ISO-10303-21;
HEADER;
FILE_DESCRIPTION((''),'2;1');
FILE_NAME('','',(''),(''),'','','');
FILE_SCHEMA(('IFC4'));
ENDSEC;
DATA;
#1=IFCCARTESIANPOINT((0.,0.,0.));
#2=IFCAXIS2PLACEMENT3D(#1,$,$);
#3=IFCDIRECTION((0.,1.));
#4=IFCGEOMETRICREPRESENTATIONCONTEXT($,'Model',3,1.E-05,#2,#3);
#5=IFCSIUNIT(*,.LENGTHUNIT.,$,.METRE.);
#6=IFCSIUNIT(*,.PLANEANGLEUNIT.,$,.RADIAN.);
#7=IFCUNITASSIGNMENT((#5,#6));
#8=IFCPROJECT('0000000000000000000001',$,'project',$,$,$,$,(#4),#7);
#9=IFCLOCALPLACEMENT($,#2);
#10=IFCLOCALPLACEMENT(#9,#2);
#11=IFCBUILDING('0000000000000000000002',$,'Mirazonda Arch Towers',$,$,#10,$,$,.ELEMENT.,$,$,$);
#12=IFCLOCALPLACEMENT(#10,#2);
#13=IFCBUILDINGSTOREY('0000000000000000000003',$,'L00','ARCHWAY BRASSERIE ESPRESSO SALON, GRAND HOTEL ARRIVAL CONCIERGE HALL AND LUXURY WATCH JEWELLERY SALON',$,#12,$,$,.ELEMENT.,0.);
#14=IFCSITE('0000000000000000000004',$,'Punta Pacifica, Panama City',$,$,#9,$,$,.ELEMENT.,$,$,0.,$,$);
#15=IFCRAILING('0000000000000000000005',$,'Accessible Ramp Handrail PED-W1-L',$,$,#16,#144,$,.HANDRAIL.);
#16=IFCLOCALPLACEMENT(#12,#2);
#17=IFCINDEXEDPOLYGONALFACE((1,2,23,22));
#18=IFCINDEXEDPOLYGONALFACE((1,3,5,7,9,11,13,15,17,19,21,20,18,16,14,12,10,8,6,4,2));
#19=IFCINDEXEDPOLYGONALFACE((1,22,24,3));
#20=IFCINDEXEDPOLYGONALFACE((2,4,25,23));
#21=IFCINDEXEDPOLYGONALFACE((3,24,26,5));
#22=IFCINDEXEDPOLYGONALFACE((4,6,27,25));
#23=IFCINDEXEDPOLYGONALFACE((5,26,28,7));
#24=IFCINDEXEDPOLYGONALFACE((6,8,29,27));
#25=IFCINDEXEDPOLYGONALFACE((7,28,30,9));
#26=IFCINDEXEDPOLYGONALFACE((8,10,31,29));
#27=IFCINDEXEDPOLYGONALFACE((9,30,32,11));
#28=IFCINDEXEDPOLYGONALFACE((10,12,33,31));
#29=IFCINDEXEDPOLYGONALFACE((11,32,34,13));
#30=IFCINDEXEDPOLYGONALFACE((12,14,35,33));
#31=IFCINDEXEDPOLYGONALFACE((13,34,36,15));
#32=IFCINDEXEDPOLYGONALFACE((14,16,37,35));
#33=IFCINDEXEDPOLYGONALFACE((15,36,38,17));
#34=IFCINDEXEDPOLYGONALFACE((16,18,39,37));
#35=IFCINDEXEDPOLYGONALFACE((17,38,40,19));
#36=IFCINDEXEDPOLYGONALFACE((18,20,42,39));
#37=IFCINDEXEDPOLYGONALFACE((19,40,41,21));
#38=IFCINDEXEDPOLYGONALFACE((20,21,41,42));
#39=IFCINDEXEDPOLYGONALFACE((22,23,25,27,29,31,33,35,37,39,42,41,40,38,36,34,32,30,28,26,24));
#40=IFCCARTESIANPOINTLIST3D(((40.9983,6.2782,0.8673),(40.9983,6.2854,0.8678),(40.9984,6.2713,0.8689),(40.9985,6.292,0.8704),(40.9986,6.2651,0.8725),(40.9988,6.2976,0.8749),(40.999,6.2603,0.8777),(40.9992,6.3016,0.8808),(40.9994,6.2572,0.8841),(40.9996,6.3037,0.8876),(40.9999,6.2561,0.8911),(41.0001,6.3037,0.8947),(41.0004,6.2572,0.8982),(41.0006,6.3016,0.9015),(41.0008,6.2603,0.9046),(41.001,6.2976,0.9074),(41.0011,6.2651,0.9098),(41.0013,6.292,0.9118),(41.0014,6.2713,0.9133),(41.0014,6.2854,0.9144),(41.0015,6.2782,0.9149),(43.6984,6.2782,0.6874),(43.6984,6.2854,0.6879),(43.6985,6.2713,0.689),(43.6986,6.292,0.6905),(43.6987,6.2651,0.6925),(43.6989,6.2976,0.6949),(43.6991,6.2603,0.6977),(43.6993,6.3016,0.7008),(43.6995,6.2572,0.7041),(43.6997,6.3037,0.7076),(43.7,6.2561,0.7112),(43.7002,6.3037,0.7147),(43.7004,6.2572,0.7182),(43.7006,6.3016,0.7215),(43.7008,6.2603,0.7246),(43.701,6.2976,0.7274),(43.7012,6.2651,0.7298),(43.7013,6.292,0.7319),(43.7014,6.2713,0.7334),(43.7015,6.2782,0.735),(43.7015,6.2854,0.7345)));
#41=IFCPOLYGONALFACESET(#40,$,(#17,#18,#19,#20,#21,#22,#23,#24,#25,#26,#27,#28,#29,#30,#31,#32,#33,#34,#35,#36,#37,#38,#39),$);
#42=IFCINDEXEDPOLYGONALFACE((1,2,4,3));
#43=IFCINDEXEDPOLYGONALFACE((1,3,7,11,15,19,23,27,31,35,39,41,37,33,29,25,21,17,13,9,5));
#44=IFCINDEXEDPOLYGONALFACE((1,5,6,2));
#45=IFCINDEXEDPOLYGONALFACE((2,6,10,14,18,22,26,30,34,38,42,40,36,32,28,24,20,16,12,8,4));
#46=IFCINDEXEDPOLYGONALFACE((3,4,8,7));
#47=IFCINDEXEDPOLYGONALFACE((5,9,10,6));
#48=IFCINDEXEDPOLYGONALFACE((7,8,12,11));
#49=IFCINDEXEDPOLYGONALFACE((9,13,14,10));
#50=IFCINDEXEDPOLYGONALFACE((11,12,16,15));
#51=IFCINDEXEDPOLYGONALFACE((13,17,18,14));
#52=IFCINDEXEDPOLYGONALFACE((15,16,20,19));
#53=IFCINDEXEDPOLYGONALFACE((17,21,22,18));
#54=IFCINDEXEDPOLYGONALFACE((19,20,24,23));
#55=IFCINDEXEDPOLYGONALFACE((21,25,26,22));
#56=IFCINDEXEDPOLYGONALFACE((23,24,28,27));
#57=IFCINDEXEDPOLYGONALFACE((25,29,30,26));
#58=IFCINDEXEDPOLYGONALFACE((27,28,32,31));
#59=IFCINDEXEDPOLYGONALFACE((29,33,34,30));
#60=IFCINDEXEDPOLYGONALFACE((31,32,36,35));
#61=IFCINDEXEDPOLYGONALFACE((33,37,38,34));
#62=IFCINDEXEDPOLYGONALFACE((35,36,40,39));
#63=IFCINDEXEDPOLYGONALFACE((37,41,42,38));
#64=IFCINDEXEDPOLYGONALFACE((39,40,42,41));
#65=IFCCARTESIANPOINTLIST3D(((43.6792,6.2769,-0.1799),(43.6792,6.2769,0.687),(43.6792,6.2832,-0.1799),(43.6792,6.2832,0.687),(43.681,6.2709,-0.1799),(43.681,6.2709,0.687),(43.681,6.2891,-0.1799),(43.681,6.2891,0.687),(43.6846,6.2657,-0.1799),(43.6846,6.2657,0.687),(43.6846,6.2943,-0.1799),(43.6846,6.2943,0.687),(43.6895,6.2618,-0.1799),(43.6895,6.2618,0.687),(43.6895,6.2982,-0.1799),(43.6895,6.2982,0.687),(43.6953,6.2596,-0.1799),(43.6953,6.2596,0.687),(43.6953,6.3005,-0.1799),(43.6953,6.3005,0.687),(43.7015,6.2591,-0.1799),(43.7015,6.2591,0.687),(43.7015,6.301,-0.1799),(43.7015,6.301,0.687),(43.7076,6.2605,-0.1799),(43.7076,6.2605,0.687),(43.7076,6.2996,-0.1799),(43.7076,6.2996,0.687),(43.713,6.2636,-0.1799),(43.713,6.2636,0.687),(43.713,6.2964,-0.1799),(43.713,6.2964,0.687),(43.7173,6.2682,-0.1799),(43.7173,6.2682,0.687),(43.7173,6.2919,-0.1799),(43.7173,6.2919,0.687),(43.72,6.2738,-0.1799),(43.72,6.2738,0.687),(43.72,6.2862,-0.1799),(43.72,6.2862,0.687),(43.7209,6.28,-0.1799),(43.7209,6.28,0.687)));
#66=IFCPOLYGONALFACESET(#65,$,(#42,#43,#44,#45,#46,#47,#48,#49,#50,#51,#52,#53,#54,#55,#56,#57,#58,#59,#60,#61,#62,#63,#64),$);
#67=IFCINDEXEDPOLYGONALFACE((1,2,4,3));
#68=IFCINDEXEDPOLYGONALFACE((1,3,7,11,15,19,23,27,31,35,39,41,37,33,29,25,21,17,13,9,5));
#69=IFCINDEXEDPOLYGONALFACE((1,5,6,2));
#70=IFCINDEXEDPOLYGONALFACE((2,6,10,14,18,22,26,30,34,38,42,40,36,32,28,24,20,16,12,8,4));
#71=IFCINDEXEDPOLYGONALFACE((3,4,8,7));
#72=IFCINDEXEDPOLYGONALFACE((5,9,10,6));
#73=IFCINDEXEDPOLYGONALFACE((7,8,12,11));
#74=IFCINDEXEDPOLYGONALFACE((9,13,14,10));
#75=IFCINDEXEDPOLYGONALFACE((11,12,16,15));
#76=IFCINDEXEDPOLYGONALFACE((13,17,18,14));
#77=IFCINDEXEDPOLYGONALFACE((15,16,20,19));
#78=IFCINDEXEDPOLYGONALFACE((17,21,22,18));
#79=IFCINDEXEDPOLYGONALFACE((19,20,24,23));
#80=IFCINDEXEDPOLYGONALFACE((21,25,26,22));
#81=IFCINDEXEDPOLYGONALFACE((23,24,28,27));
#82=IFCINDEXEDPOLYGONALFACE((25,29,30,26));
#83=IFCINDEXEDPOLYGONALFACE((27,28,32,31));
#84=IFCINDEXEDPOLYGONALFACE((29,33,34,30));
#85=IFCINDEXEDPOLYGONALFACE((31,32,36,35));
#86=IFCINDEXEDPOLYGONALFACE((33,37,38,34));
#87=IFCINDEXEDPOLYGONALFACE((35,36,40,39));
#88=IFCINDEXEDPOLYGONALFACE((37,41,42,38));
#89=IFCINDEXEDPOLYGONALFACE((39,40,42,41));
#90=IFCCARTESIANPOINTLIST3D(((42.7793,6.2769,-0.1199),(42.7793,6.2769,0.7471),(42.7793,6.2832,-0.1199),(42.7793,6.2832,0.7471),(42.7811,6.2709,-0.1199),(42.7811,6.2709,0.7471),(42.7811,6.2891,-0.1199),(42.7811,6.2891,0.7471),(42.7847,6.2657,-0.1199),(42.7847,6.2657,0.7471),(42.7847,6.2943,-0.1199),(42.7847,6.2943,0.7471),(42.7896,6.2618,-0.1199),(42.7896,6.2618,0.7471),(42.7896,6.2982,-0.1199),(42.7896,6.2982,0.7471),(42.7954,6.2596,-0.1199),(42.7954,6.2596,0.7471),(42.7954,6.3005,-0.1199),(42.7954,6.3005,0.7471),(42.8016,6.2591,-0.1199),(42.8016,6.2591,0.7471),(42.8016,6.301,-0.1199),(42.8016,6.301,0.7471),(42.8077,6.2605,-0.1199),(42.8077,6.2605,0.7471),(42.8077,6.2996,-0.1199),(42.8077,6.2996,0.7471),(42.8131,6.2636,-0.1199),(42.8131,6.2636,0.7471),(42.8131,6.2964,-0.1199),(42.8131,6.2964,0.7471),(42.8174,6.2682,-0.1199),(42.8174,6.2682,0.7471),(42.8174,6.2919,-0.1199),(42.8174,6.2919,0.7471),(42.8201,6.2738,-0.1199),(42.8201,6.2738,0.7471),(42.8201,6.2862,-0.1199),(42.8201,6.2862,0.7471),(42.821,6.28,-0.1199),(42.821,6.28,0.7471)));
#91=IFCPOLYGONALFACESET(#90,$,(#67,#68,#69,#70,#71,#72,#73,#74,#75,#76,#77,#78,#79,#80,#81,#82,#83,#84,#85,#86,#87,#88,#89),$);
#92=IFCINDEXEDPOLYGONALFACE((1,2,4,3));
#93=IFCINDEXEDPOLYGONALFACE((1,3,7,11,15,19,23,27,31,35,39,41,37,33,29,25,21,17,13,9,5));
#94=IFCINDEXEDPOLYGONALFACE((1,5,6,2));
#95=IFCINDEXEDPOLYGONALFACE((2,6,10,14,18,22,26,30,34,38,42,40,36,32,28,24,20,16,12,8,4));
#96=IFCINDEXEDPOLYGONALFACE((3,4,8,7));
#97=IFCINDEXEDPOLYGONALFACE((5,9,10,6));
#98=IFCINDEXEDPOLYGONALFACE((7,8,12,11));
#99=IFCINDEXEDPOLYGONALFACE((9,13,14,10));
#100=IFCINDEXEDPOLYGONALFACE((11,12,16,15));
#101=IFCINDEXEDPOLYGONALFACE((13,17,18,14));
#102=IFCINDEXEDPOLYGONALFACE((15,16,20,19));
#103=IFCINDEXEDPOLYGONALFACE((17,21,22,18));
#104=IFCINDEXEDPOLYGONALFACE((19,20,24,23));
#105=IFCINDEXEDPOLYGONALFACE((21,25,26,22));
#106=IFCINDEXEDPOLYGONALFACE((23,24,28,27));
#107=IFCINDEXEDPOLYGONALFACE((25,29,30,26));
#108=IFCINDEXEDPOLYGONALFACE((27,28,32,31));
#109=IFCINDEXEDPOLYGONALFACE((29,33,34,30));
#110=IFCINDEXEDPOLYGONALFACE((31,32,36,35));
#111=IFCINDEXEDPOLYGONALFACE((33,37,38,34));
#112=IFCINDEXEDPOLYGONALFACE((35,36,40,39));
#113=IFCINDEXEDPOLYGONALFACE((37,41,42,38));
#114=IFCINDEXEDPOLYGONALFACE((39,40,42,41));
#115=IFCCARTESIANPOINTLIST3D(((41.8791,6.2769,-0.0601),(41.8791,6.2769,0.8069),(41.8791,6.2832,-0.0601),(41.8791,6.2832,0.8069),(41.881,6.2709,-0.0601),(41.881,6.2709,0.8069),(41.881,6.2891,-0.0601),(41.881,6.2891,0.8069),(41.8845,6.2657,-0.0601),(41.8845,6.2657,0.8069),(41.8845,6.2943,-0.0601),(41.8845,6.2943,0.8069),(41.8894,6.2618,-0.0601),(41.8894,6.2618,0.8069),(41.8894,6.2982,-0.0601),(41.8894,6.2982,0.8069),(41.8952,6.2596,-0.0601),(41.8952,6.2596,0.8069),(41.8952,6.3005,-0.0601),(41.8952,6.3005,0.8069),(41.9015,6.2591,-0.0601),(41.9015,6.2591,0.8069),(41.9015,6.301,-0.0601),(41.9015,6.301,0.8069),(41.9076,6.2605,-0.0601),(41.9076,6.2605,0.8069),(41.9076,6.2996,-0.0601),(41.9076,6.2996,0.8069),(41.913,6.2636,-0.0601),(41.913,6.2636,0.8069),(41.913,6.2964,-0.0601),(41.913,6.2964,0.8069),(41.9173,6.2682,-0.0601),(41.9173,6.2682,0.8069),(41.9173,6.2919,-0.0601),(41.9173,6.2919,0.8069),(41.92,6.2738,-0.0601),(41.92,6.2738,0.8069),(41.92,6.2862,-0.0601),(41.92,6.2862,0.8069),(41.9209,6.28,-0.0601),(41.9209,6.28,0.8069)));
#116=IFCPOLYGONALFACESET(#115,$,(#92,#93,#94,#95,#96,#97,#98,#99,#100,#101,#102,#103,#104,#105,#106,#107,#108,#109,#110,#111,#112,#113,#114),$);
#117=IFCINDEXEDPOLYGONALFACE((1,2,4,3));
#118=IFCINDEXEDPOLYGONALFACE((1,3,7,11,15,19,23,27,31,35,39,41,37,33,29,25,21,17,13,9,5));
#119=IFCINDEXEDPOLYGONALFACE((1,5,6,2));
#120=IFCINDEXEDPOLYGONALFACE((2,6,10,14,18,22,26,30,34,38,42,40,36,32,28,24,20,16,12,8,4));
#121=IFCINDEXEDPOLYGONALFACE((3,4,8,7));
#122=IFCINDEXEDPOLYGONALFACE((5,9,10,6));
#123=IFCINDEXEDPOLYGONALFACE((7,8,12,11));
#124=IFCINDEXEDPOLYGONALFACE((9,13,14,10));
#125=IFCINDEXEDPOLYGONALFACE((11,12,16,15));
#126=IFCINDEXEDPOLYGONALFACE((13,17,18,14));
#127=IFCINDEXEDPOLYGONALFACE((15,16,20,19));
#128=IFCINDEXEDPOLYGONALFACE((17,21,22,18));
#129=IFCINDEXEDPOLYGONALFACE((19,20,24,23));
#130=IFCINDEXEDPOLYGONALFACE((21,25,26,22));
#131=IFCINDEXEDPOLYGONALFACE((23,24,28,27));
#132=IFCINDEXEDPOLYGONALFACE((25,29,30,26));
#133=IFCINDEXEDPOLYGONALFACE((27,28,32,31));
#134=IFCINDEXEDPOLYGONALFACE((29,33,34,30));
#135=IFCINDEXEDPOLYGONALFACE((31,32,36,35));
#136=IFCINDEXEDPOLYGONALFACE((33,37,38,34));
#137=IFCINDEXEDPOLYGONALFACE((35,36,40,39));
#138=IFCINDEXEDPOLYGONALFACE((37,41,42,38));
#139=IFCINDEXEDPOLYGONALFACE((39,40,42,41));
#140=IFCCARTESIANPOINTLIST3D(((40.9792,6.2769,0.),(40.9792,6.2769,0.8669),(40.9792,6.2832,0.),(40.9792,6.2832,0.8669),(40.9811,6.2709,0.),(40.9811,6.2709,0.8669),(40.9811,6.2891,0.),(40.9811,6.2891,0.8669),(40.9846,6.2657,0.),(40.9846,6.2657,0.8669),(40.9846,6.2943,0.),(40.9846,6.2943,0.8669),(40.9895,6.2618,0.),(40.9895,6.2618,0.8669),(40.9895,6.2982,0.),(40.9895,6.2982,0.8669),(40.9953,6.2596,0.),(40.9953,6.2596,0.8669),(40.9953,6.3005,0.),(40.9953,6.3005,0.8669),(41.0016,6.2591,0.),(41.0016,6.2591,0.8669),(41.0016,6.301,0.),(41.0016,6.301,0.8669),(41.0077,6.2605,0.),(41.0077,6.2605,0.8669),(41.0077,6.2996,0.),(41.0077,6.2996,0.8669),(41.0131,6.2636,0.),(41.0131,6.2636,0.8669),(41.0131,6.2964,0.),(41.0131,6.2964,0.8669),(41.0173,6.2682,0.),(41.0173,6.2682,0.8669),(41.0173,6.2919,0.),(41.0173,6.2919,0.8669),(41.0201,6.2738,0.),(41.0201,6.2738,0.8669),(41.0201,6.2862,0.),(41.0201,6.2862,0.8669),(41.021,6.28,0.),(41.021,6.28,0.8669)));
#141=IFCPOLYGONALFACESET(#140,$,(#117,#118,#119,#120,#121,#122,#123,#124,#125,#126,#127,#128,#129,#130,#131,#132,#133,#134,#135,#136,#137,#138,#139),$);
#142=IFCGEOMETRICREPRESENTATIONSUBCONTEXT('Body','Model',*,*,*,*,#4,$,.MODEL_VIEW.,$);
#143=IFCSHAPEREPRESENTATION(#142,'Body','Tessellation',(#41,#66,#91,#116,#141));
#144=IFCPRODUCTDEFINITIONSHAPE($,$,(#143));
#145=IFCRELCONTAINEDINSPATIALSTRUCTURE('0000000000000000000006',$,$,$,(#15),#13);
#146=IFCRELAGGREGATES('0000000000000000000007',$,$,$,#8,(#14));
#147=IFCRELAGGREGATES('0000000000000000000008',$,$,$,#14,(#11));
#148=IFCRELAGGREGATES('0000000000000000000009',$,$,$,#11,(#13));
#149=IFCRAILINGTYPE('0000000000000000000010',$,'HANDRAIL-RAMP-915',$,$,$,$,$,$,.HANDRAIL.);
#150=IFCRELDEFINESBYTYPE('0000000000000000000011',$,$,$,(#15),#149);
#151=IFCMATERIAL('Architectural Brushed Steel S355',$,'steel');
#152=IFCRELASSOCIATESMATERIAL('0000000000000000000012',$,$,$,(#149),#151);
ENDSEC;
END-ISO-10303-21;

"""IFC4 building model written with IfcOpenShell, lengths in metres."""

from ifc_helpers import new_model, si_unit, direction, frame, origin, origin_2d, place, context, subcontext, project, spatial, circle, extrude, material, type_object, element, save


model = new_model("IFC4")

# Units and contexts
model_context = context("Model", 3, precision=1e-05, world=origin(), true_north=direction((0.0, 1.0)))
body_context = subcontext(model_context, "Body", "Model", "MODEL_VIEW")
ifc_project = project(units=[si_unit("LENGTHUNIT", "METRE"), si_unit("PLANEANGLEUNIT", "RADIAN")], contexts=[model_context])

# Site, building, storey
site_placement = place(None, origin())
site = spatial("IfcSite", under=ifc_project, at=site_placement, Name="Punta Pacifica, Panama City", CompositionType="ELEMENT", RefElevation=0.0)
building_placement = place(site_placement, origin())
building = spatial("IfcBuilding", under=site, at=building_placement, Name="Mirazonda Arch Towers", CompositionType="ELEMENT")
storey_placement = place(building_placement, origin())
storey = spatial("IfcBuildingStorey", under=building, at=storey_placement, Name="L00", Description="ARCHWAY BRASSERIE ESPRESSO SALON, GRAND HOTEL ARRIVAL CONCIERGE HALL AND LUXURY WATCH JEWELLERY SALON", CompositionType="ELEMENT", Elevation=0.0)

# Railing
ifc_material_1 = material(Name="Architectural Brushed Steel S355", Category="steel")
railing_type_1 = type_object("IfcRailingType", Name="HANDRAIL-RAMP-915", PredefinedType="HANDRAIL", material=ifc_material_1)
for number, where, name in (
    (1, (43.7, 6.28, -0.1799), "Accessible Ramp Handrail PED-W1-L"),
):
    element("IfcRailing", number, at=place(storey_placement, frame(where)), inside=storey, type_object=railing_type_1, Name=name, PredefinedType="HANDRAIL", context=body_context, shape_type="SweptSolid", body=[
        extrude(circle(Radius=0.0239, at=origin_2d()), frame((0.0, 0.0, 0.8911), z_axis=(-0.997787, 0.0, 0.066495), x_axis=(0.0, -1.0, 0.0)), (0.0, 0.0, 1.0), 2.7061),
        extrude(circle(Radius=0.021, at=origin_2d()), origin(), (0.0, 0.0, 1.0), 0.8669),
        extrude(circle(Radius=0.021, at=origin_2d()), frame((-0.8999, 0.0, 0.0601)), (0.0, 0.0, 1.0), 0.8669),
        extrude(circle(Radius=0.021, at=origin_2d()), frame((-1.8, 0.0, 0.1199)), (0.0, 0.0, 1.0), 0.8669),
        extrude(circle(Radius=0.021, at=origin_2d()), frame((-2.7, 0.0, 0.1799)), (0.0, 0.0, 1.0), 0.8669),
    ])

save(model, "model.ifc")
